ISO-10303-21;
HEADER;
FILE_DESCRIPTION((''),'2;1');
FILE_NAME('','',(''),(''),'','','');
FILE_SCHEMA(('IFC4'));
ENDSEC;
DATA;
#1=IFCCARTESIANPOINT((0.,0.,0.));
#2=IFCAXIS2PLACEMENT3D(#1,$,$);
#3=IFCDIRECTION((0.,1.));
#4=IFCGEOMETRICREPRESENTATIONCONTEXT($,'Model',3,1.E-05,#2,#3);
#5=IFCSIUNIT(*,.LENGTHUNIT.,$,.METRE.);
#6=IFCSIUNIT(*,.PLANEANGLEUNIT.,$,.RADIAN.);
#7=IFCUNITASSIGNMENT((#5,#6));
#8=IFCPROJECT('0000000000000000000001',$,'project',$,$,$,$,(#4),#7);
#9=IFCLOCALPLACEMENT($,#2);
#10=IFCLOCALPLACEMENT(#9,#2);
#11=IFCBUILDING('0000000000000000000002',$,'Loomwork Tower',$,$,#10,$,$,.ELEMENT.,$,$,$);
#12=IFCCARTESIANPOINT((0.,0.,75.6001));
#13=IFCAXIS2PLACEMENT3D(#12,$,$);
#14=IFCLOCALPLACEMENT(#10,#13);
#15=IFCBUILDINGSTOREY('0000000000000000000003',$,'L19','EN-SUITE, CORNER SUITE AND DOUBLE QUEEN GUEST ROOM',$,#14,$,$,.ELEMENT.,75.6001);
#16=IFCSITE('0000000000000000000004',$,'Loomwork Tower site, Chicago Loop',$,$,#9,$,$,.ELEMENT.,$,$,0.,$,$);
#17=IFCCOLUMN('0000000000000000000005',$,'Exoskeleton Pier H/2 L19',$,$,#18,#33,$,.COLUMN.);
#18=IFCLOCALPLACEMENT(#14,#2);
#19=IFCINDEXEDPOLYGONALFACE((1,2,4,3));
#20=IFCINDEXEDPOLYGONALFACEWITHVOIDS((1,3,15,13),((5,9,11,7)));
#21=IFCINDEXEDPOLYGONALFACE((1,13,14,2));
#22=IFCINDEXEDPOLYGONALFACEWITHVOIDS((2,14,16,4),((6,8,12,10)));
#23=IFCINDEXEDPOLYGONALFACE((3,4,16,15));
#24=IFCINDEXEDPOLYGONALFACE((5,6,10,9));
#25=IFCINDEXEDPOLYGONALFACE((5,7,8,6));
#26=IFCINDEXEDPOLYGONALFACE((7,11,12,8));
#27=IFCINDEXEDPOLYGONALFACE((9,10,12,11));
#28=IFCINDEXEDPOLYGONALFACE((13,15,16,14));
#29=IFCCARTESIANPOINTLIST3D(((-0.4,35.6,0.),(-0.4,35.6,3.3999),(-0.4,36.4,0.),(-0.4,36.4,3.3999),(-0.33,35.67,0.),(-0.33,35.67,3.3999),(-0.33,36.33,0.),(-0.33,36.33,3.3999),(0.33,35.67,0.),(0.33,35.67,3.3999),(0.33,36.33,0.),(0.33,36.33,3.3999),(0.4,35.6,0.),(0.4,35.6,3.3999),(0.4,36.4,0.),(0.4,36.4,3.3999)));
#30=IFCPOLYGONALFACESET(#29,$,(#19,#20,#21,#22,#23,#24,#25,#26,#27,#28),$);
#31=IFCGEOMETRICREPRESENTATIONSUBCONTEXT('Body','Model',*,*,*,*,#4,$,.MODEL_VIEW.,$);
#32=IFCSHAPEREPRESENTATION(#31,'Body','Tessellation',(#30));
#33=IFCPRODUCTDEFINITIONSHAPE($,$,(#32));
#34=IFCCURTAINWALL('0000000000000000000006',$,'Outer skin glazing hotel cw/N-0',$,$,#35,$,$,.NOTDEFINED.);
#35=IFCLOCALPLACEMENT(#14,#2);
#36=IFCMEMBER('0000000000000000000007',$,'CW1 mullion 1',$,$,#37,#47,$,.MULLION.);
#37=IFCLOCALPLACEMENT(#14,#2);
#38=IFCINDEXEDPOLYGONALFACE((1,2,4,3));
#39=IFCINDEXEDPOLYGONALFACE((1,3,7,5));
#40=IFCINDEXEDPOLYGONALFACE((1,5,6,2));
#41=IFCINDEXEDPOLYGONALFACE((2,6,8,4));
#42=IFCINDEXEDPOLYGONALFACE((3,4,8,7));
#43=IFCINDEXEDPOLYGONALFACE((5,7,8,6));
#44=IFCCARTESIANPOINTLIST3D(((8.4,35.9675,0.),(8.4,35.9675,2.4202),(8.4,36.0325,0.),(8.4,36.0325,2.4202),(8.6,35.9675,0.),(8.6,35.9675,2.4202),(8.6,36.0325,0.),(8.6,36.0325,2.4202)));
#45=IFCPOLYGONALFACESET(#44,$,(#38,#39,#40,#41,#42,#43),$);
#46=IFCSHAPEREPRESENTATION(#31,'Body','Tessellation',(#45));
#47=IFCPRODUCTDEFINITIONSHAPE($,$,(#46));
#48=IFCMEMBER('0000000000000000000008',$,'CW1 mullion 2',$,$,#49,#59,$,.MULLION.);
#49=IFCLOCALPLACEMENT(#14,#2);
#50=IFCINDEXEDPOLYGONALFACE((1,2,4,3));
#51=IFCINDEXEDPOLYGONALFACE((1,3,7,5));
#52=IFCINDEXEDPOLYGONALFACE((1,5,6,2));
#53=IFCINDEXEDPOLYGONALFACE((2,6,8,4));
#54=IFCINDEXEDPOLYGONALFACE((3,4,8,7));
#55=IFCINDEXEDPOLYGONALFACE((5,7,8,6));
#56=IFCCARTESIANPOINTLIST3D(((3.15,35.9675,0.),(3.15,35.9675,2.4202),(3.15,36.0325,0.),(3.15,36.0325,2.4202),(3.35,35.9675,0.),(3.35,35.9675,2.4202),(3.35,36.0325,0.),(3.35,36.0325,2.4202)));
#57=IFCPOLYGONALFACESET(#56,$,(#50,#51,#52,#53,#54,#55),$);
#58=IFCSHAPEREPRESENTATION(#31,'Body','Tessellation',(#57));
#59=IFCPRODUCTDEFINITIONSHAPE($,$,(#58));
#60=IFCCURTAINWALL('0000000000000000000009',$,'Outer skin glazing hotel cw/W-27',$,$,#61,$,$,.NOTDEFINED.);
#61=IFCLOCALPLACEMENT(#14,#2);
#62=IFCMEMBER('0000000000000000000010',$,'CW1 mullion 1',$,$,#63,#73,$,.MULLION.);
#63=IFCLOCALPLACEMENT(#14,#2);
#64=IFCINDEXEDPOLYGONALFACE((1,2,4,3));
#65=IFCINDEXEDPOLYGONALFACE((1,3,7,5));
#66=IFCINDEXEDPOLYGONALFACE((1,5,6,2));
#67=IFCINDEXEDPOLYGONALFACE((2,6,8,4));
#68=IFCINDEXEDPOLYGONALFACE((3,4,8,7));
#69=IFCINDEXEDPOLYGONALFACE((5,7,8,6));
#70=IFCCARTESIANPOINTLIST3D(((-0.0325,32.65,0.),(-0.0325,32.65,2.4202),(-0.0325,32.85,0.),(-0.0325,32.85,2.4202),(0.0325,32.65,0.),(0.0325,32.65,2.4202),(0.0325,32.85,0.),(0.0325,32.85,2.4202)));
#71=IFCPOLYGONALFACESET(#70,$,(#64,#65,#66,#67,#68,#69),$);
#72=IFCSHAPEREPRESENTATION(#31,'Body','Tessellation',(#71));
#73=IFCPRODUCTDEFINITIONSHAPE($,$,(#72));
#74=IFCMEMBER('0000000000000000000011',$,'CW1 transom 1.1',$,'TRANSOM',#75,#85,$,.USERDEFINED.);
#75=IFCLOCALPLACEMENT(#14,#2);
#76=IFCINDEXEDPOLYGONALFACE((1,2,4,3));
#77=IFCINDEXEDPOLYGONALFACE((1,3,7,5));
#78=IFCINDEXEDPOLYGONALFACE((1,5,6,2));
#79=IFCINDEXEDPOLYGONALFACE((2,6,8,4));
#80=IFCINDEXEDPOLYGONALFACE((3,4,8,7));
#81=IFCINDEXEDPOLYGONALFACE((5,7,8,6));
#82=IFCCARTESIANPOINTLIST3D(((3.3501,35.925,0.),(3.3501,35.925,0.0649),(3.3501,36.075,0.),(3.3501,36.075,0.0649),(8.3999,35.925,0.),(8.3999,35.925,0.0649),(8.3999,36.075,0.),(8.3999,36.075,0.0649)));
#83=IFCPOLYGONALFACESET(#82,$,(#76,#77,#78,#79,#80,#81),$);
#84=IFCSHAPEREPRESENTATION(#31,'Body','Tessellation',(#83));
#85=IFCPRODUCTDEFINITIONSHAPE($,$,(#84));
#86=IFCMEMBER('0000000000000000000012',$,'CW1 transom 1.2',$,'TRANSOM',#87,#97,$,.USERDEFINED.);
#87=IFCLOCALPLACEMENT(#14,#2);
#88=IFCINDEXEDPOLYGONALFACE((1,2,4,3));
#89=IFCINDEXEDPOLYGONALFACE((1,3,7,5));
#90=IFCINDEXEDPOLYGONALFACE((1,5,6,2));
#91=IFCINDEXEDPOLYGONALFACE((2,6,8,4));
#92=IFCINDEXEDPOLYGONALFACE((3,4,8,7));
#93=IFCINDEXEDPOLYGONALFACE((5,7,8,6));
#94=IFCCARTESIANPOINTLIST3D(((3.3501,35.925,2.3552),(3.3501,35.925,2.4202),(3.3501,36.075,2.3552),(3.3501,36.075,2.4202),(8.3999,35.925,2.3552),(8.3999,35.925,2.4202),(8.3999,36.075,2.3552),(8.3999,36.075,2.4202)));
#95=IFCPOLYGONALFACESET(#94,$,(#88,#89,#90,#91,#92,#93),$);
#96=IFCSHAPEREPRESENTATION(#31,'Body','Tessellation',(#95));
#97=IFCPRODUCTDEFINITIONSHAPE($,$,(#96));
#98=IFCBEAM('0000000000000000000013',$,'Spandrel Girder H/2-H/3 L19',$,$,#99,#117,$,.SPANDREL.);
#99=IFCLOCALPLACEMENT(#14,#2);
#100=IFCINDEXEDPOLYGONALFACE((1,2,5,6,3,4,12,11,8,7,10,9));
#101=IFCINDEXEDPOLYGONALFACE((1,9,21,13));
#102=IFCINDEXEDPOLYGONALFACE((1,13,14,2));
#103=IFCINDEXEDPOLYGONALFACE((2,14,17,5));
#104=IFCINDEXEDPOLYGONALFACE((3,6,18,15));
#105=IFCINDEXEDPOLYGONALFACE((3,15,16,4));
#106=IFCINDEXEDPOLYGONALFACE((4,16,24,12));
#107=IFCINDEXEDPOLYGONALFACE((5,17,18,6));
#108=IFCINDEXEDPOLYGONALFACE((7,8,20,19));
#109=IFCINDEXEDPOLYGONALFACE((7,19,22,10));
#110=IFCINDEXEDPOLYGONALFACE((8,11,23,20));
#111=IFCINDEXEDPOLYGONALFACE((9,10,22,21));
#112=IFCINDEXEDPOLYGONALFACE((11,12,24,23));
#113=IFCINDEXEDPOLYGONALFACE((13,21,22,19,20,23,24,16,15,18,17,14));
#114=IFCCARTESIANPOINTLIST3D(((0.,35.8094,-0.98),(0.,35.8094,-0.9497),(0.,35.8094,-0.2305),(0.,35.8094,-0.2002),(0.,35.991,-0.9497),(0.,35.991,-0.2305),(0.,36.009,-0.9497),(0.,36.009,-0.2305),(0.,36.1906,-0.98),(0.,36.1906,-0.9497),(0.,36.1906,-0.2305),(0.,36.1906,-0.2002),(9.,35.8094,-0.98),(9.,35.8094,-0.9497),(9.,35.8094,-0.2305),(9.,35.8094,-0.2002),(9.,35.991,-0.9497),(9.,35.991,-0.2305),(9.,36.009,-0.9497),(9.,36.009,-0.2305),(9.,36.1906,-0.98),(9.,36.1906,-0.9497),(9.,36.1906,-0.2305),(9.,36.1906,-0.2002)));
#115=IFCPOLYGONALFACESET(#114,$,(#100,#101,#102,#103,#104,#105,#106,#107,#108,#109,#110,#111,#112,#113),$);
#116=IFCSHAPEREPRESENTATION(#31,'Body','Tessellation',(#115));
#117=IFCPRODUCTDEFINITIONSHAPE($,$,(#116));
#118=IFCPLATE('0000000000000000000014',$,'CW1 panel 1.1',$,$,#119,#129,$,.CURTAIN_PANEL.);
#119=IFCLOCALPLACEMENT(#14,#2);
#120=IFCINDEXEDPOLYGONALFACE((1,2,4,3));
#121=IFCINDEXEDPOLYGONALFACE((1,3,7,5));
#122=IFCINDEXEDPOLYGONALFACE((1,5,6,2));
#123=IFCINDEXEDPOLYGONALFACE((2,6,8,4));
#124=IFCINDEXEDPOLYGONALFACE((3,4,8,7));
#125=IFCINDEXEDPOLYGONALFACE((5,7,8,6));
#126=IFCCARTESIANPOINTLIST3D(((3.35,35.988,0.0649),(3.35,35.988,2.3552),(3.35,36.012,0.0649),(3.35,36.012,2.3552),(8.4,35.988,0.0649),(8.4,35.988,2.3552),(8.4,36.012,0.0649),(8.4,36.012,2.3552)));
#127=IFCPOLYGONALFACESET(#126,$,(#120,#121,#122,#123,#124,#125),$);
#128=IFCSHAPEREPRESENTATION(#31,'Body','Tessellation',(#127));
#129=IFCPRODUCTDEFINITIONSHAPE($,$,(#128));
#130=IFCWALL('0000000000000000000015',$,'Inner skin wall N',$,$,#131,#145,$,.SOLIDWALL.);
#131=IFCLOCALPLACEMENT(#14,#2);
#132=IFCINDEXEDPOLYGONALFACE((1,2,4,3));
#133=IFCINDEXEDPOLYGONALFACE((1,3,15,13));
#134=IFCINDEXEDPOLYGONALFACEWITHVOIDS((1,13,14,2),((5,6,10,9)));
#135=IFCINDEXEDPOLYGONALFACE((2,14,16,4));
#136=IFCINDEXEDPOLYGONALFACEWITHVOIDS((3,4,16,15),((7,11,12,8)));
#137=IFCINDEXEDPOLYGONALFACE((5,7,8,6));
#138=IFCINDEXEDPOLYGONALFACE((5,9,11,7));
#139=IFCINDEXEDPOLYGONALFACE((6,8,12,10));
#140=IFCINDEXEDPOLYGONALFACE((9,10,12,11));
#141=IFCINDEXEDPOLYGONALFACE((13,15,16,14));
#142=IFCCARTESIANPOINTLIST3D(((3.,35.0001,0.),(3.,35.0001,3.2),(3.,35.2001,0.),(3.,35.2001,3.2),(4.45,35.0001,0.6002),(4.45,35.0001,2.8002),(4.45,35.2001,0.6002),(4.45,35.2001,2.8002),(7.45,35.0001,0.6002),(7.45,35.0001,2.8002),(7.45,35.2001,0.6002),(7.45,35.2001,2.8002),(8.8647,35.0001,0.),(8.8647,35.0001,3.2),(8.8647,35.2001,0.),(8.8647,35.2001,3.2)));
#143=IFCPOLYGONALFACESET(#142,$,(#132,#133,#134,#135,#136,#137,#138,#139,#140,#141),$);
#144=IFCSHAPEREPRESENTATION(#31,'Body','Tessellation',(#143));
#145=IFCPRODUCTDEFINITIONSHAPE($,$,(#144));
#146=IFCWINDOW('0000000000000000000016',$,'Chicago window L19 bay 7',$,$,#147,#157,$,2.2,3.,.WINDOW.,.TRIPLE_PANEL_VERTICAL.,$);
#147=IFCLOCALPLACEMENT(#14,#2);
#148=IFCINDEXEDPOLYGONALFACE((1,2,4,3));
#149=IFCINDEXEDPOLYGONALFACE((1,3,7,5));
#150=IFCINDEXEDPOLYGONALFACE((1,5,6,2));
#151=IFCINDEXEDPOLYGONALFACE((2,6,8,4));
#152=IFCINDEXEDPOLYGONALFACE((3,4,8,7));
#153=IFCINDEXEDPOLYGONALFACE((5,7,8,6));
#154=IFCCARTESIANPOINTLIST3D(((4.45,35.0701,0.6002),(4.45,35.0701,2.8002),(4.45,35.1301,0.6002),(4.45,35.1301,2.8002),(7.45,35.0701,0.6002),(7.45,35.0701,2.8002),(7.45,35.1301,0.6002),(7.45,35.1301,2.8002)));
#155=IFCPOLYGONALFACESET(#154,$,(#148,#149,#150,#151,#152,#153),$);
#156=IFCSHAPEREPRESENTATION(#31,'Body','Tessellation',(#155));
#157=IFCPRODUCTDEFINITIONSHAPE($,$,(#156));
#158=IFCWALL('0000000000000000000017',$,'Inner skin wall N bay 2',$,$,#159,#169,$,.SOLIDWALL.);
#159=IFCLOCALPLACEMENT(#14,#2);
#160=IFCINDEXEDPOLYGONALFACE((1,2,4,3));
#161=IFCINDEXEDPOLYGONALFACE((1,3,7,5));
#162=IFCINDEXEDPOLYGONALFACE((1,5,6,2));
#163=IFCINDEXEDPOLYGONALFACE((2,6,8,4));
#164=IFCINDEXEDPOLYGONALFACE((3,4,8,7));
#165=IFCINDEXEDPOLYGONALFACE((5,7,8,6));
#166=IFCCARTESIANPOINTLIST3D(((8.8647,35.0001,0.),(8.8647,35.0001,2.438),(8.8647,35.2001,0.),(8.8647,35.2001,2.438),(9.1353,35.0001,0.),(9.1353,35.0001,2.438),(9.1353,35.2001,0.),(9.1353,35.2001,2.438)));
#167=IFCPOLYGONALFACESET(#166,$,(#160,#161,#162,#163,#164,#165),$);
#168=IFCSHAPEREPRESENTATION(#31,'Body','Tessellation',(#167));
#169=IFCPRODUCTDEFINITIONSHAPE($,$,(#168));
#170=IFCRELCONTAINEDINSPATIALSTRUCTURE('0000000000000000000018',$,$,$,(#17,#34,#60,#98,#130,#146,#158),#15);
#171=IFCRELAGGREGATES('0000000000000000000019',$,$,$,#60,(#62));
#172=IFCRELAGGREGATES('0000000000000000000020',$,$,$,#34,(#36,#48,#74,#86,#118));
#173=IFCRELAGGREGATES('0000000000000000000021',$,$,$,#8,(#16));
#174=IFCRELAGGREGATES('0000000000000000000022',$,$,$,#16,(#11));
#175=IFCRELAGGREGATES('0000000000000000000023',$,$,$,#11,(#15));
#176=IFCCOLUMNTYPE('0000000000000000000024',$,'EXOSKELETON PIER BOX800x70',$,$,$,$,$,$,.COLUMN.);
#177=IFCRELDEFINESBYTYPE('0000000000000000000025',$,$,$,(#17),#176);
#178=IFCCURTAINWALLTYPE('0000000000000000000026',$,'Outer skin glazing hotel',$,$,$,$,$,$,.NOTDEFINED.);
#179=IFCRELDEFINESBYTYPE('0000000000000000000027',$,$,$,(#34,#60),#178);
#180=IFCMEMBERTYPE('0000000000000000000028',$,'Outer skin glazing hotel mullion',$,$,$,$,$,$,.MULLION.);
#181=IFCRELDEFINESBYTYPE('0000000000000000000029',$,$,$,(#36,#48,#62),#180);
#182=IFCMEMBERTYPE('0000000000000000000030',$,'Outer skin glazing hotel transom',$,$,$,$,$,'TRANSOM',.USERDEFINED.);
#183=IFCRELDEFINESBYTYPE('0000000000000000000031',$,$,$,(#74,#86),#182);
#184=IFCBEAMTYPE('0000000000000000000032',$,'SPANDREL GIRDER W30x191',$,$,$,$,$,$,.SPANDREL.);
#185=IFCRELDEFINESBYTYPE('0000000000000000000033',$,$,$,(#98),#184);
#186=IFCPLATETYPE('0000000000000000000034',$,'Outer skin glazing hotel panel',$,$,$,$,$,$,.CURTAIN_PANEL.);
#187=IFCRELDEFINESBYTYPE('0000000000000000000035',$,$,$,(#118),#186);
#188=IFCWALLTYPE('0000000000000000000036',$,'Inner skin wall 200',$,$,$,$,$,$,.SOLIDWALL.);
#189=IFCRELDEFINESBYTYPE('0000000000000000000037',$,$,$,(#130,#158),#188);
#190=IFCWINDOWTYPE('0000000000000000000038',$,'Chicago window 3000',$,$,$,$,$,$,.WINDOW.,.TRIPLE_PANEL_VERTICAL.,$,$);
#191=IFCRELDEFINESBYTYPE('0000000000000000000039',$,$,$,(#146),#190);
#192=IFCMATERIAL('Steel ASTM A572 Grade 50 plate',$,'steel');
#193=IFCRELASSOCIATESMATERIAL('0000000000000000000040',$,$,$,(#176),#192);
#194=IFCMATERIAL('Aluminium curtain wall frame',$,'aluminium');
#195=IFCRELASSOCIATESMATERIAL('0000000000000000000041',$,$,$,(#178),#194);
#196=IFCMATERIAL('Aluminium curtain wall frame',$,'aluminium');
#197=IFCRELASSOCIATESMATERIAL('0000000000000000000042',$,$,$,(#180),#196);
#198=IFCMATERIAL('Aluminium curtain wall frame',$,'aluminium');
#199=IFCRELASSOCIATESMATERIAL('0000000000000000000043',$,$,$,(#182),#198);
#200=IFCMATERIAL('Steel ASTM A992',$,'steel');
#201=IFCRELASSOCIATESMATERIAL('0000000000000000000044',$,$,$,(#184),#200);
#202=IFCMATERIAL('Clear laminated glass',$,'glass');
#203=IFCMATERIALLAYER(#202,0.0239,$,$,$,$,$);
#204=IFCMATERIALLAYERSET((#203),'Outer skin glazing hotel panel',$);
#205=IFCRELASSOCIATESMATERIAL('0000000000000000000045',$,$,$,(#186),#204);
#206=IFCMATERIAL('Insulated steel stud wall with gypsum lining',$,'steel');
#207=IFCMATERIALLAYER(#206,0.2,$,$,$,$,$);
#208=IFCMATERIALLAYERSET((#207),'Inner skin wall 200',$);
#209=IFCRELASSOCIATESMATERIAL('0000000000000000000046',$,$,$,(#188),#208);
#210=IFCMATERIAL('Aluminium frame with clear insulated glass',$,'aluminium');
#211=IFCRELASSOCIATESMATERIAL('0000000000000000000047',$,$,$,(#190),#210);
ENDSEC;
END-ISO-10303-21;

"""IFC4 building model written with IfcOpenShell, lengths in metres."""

from ifc_helpers import new_model, si_unit, direction, frame, frame_2d, origin, origin_2d, place, context, subcontext, project, spatial, rectangle, hollow_rectangle, i_section, extrude, material, layer, layer_set, material_profile, profile_set, type_object, element, fill, aggregate, save


model = new_model("IFC4")

# Units and contexts
model_context = context("Model", 3, precision=1e-05, world=origin(), true_north=direction((0.0, 1.0)))
body_context = subcontext(model_context, "Body", "Model", "MODEL_VIEW")
ifc_project = project(units=[si_unit("LENGTHUNIT", "METRE"), si_unit("PLANEANGLEUNIT", "RADIAN")], contexts=[model_context])

# Site, building, storey
site_placement = place(None, origin())
site = spatial("IfcSite", under=ifc_project, at=site_placement, Name="Loomwork Tower site, Chicago Loop", CompositionType="ELEMENT", RefElevation=0.0)
building_placement = place(site_placement, origin())
building = spatial("IfcBuilding", under=site, at=building_placement, Name="Loomwork Tower", CompositionType="ELEMENT")
storey_placement = place(building_placement, frame((0.0, 0.0, 75.6001)))
storey = spatial("IfcBuildingStorey", under=building, at=storey_placement, Name="L19", Description="EN-SUITE, CORNER SUITE AND DOUBLE QUEEN GUEST ROOM", CompositionType="ELEMENT", Elevation=75.6001)

# Column
ifc_material_1 = material(Name="Steel ASTM A572 Grade 50 plate", Category="steel")
ifc_material_profile_1 = material_profile(ifc_material_1, hollow_rectangle(XDim=0.8, YDim=0.8, WallThickness=0.0701, at=origin_2d()), Name="BOX800x70")
ifc_profile_set_1 = profile_set([ifc_material_profile_1], Name="Steel ASTM A572 Grade 50 plate")
column_type = type_object("IfcColumnType", Name="EXOSKELETON PIER BOX800x70", PredefinedType="COLUMN", material=ifc_profile_set_1)
column_placement = place(storey_placement, frame((0.0, 36.0, 0.0), z_axis=(0.0, 0.0, 1.0), x_axis=(1.0, 0.0, 0.0)))
element("IfcColumn", 1, at=column_placement, inside=storey, type_object=column_type, Name="Exoskeleton Pier H/2 L19", PredefinedType="COLUMN", context=body_context, shape_type="SweptSolid", body=[
    extrude(hollow_rectangle(XDim=0.8, YDim=0.8, WallThickness=0.0701, at=origin_2d()), origin(), (0.0, 0.0, 1.0), 3.3999),
])

# Curtain wall, members
ifc_material_2 = material(Name="Aluminium curtain wall frame", Category="aluminium")
curtain_wall_type = type_object("IfcCurtainWallType", Name="Outer skin glazing hotel", PredefinedType="NOTDEFINED", material=ifc_material_2)
curtain_wall_1_placement = place(storey_placement, origin())
curtain_wall_1 = element("IfcCurtainWall", 2, at=curtain_wall_1_placement, inside=storey, type_object=curtain_wall_type, Name="Outer skin glazing hotel cw/N-0", PredefinedType="NOTDEFINED")
ifc_material_3 = material(Name="Aluminium curtain wall frame", Category="aluminium")
ifc_material_profile_2 = material_profile(ifc_material_3, rectangle(XDim=0.0649, YDim=0.2, at=origin_2d()), Name="AL 65x200")
ifc_profile_set_2 = profile_set([ifc_material_profile_2], Name="Aluminium curtain wall frame")
member_type_1 = type_object("IfcMemberType", Name="Outer skin glazing hotel mullion", PredefinedType="MULLION", material=ifc_profile_set_2)
member_1_placement = place(storey_placement, frame((8.5, 36.0, 0.0), z_axis=(0.0, 0.0, 1.0), x_axis=(0.0, -1.0, 0.0)))
member_1 = element("IfcMember", 3, at=member_1_placement, type_object=member_type_1, Name="CW1 mullion 1", PredefinedType="MULLION", context=body_context, shape_type="SweptSolid", body=[
    extrude(rectangle(XDim=0.0649, YDim=0.2, at=origin_2d()), origin(), (0.0, 0.0, 1.0), 2.4202),
])
member_2_placement = place(storey_placement, frame((3.25, 36.0, 0.0), z_axis=(0.0, 0.0, 1.0), x_axis=(0.0, -1.0, 0.0)))
member_2 = element("IfcMember", 4, at=member_2_placement, type_object=member_type_1, Name="CW1 mullion 2", PredefinedType="MULLION", context=body_context, shape_type="SweptSolid", body=[
    extrude(rectangle(XDim=0.0649, YDim=0.2, at=origin_2d()), origin(), (0.0, 0.0, 1.0), 2.4202),
])

# Curtain wall, member
curtain_wall_2_placement = place(storey_placement, origin())
curtain_wall_2 = element("IfcCurtainWall", 5, at=curtain_wall_2_placement, inside=storey, type_object=curtain_wall_type, Name="Outer skin glazing hotel cw/W-27", PredefinedType="NOTDEFINED")
member_3_placement = place(storey_placement, frame((0.0, 32.75, 0.0), z_axis=(0.0, 0.0, 1.0), x_axis=(1.0, 0.0, 0.0)))
member_3 = element("IfcMember", 6, at=member_3_placement, type_object=member_type_1, Name="CW1 mullion 1", PredefinedType="MULLION", context=body_context, shape_type="SweptSolid", body=[
    extrude(rectangle(XDim=0.0649, YDim=0.2, at=origin_2d()), origin(), (0.0, 0.0, 1.0), 2.4202),
])
aggregate(curtain_wall_2, [member_3])

# Members
ifc_material_4 = material(Name="Aluminium curtain wall frame", Category="aluminium")
ifc_material_profile_3 = material_profile(ifc_material_4, rectangle(XDim=0.1499, YDim=0.0649, at=origin_2d()), Name="AL 65x150")
ifc_profile_set_3 = profile_set([ifc_material_profile_3], Name="Aluminium curtain wall frame")
member_type_2 = type_object("IfcMemberType", Name="Outer skin glazing hotel transom", ElementType="TRANSOM", PredefinedType="USERDEFINED", material=ifc_profile_set_3)
member_4_placement = place(storey_placement, frame((8.3999, 36.0, 0.0325), z_axis=(-1.0, 0.0, 0.0), x_axis=(0.0, -1.0, 0.0)))
member_4 = element("IfcMember", 7, at=member_4_placement, type_object=member_type_2, Name="CW1 transom 1.1", ObjectType="TRANSOM", PredefinedType="USERDEFINED", context=body_context, shape_type="SweptSolid", body=[
    extrude(rectangle(XDim=0.1499, YDim=0.0649, at=origin_2d()), origin(), (0.0, 0.0, 1.0), 5.0498),
])
member_5_placement = place(storey_placement, frame((8.3999, 36.0, 2.3877), z_axis=(-1.0, 0.0, 0.0), x_axis=(0.0, -1.0, 0.0)))
member_5 = element("IfcMember", 8, at=member_5_placement, type_object=member_type_2, Name="CW1 transom 1.2", ObjectType="TRANSOM", PredefinedType="USERDEFINED", context=body_context, shape_type="SweptSolid", body=[
    extrude(rectangle(XDim=0.1499, YDim=0.0649, at=origin_2d()), origin(), (0.0, 0.0, 1.0), 5.0498),
])

# Beam
ifc_material_5 = material(Name="Steel ASTM A992", Category="steel")
ifc_material_profile_4 = material_profile(ifc_material_5, i_section(OverallWidth=0.3811, OverallDepth=0.7798, WebThickness=0.0181, FlangeThickness=0.0303, at=origin_2d()), Name="W30x191")
ifc_profile_set_4 = profile_set([ifc_material_profile_4], Name="Steel ASTM A992")
beam_type = type_object("IfcBeamType", Name="SPANDREL GIRDER W30x191", PredefinedType="SPANDREL", material=ifc_profile_set_4)
beam_placement = place(storey_placement, frame((0.0, 36.0, -0.5901), z_axis=(1.0, 0.0, 0.0), x_axis=(0.0, 1.0, 0.0)))
element("IfcBeam", 9, at=beam_placement, inside=storey, type_object=beam_type, Name="Spandrel Girder H/2-H/3 L19", PredefinedType="SPANDREL", context=body_context, shape_type="SweptSolid", body=[
    extrude(i_section(OverallWidth=0.3811, OverallDepth=0.7798, WebThickness=0.0181, FlangeThickness=0.0303, at=origin_2d()), origin(), (0.0, 0.0, 1.0), 9.0),
])

# Plate
ifc_material_6 = material(Name="Clear laminated glass", Category="glass")
ifc_layer_1 = layer(ifc_material_6, 0.0239)
ifc_layer_set_1 = layer_set([ifc_layer_1], Name="Outer skin glazing hotel panel")
plate_type = type_object("IfcPlateType", Name="Outer skin glazing hotel panel", PredefinedType="CURTAIN_PANEL", material=ifc_layer_set_1)
plate_placement = place(storey_placement, frame((5.875, 36.0, 0.0649), z_axis=(0.0, 0.0, 1.0), x_axis=(-1.0, 0.0, 0.0)))
plate = element("IfcPlate", 10, at=plate_placement, type_object=plate_type, Name="CW1 panel 1.1", PredefinedType="CURTAIN_PANEL", context=body_context, shape_type="SweptSolid", body=[
    extrude(rectangle(XDim=5.05, YDim=0.0239, at=origin_2d()), origin(), (0.0, 0.0, 1.0), 2.2903),
])
aggregate(curtain_wall_1, [member_1, member_2, member_4, member_5, plate])

# Wall, opening, window
ifc_material_7 = material(Name="Insulated steel stud wall with gypsum lining", Category="steel")
ifc_layer_2 = layer(ifc_material_7, 0.2)
ifc_layer_set_2 = layer_set([ifc_layer_2], Name="Inner skin wall 200")
wall_type_1 = type_object("IfcWallType", Name="Inner skin wall 200", PredefinedType="SOLIDWALL", material=ifc_layer_set_2)
wall_1_placement = place(storey_placement, frame((3.0, 35.1001, 0.0), z_axis=(0.0, 0.0, 1.0), x_axis=(1.0, 0.0, 0.0)))
wall_1 = element("IfcWall", 11, at=wall_1_placement, inside=storey, type_object=wall_type_1, Name="Inner skin wall N", PredefinedType="SOLIDWALL", context=body_context, shape_type="SweptSolid", body=[
    extrude(rectangle(XDim=5.8647, YDim=0.2, at=frame_2d((2.9324, 0.0))), origin(), (0.0, 0.0, 1.0), 3.2),
])
opening_1_placement = place(wall_1_placement, frame((1.45, 0.0, 0.6001)))
opening_1 = element("IfcOpeningElement", 12, at=opening_1_placement, cuts=wall_1, PredefinedType="OPENING", context=body_context, shape_type="SweptSolid", body=[
    extrude(rectangle(XDim=3.0, YDim=2.2, at=frame_2d((1.5, 1.1001))), frame((0.0, 0.1099, 0.0), z_axis=(0.0, -1.0, 0.0), x_axis=(1.0, 0.0, 0.0)), (0.0, 0.0, 1.0), 0.22),
])
ifc_material_8 = material(Name="Aluminium frame with clear insulated glass", Category="aluminium")
window_type_1 = type_object("IfcWindowType", Name="Chicago window 3000", PartitioningType="TRIPLE_PANEL_VERTICAL", PredefinedType="WINDOW", material=ifc_material_8)
window_1_placement = place(opening_1_placement, origin())
window_1 = element("IfcWindow", 13, at=window_1_placement, inside=storey, type_object=window_type_1, Name="Chicago window L19 bay 7", OverallHeight=2.2, OverallWidth=3.0, PartitioningType="TRIPLE_PANEL_VERTICAL", PredefinedType="WINDOW", context=body_context, shape_type="SweptSolid", body=[
    extrude(rectangle(XDim=3.0, YDim=2.2, at=frame_2d((1.5, 1.1001))), frame((0.0, 0.03, 0.0), z_axis=(0.0, -1.0, 0.0), x_axis=(1.0, 0.0, 0.0)), (0.0, 0.0, 1.0), 0.0601),
])
fill(opening_1, window_1)

# Wall
wall_2_placement = place(storey_placement, frame((8.8647, 35.1001, 0.0), z_axis=(0.0, 0.0, 1.0), x_axis=(1.0, 0.0, 0.0)))
element("IfcWall", 14, at=wall_2_placement, inside=storey, type_object=wall_type_1, Name="Inner skin wall N bay 2", PredefinedType="SOLIDWALL", context=body_context, shape_type="SweptSolid", body=[
    extrude(rectangle(XDim=0.2705, YDim=0.2, at=frame_2d((0.1353, 0.0))), origin(), (0.0, 0.0, 1.0), 2.438),
])

save(model, "model.ifc")
